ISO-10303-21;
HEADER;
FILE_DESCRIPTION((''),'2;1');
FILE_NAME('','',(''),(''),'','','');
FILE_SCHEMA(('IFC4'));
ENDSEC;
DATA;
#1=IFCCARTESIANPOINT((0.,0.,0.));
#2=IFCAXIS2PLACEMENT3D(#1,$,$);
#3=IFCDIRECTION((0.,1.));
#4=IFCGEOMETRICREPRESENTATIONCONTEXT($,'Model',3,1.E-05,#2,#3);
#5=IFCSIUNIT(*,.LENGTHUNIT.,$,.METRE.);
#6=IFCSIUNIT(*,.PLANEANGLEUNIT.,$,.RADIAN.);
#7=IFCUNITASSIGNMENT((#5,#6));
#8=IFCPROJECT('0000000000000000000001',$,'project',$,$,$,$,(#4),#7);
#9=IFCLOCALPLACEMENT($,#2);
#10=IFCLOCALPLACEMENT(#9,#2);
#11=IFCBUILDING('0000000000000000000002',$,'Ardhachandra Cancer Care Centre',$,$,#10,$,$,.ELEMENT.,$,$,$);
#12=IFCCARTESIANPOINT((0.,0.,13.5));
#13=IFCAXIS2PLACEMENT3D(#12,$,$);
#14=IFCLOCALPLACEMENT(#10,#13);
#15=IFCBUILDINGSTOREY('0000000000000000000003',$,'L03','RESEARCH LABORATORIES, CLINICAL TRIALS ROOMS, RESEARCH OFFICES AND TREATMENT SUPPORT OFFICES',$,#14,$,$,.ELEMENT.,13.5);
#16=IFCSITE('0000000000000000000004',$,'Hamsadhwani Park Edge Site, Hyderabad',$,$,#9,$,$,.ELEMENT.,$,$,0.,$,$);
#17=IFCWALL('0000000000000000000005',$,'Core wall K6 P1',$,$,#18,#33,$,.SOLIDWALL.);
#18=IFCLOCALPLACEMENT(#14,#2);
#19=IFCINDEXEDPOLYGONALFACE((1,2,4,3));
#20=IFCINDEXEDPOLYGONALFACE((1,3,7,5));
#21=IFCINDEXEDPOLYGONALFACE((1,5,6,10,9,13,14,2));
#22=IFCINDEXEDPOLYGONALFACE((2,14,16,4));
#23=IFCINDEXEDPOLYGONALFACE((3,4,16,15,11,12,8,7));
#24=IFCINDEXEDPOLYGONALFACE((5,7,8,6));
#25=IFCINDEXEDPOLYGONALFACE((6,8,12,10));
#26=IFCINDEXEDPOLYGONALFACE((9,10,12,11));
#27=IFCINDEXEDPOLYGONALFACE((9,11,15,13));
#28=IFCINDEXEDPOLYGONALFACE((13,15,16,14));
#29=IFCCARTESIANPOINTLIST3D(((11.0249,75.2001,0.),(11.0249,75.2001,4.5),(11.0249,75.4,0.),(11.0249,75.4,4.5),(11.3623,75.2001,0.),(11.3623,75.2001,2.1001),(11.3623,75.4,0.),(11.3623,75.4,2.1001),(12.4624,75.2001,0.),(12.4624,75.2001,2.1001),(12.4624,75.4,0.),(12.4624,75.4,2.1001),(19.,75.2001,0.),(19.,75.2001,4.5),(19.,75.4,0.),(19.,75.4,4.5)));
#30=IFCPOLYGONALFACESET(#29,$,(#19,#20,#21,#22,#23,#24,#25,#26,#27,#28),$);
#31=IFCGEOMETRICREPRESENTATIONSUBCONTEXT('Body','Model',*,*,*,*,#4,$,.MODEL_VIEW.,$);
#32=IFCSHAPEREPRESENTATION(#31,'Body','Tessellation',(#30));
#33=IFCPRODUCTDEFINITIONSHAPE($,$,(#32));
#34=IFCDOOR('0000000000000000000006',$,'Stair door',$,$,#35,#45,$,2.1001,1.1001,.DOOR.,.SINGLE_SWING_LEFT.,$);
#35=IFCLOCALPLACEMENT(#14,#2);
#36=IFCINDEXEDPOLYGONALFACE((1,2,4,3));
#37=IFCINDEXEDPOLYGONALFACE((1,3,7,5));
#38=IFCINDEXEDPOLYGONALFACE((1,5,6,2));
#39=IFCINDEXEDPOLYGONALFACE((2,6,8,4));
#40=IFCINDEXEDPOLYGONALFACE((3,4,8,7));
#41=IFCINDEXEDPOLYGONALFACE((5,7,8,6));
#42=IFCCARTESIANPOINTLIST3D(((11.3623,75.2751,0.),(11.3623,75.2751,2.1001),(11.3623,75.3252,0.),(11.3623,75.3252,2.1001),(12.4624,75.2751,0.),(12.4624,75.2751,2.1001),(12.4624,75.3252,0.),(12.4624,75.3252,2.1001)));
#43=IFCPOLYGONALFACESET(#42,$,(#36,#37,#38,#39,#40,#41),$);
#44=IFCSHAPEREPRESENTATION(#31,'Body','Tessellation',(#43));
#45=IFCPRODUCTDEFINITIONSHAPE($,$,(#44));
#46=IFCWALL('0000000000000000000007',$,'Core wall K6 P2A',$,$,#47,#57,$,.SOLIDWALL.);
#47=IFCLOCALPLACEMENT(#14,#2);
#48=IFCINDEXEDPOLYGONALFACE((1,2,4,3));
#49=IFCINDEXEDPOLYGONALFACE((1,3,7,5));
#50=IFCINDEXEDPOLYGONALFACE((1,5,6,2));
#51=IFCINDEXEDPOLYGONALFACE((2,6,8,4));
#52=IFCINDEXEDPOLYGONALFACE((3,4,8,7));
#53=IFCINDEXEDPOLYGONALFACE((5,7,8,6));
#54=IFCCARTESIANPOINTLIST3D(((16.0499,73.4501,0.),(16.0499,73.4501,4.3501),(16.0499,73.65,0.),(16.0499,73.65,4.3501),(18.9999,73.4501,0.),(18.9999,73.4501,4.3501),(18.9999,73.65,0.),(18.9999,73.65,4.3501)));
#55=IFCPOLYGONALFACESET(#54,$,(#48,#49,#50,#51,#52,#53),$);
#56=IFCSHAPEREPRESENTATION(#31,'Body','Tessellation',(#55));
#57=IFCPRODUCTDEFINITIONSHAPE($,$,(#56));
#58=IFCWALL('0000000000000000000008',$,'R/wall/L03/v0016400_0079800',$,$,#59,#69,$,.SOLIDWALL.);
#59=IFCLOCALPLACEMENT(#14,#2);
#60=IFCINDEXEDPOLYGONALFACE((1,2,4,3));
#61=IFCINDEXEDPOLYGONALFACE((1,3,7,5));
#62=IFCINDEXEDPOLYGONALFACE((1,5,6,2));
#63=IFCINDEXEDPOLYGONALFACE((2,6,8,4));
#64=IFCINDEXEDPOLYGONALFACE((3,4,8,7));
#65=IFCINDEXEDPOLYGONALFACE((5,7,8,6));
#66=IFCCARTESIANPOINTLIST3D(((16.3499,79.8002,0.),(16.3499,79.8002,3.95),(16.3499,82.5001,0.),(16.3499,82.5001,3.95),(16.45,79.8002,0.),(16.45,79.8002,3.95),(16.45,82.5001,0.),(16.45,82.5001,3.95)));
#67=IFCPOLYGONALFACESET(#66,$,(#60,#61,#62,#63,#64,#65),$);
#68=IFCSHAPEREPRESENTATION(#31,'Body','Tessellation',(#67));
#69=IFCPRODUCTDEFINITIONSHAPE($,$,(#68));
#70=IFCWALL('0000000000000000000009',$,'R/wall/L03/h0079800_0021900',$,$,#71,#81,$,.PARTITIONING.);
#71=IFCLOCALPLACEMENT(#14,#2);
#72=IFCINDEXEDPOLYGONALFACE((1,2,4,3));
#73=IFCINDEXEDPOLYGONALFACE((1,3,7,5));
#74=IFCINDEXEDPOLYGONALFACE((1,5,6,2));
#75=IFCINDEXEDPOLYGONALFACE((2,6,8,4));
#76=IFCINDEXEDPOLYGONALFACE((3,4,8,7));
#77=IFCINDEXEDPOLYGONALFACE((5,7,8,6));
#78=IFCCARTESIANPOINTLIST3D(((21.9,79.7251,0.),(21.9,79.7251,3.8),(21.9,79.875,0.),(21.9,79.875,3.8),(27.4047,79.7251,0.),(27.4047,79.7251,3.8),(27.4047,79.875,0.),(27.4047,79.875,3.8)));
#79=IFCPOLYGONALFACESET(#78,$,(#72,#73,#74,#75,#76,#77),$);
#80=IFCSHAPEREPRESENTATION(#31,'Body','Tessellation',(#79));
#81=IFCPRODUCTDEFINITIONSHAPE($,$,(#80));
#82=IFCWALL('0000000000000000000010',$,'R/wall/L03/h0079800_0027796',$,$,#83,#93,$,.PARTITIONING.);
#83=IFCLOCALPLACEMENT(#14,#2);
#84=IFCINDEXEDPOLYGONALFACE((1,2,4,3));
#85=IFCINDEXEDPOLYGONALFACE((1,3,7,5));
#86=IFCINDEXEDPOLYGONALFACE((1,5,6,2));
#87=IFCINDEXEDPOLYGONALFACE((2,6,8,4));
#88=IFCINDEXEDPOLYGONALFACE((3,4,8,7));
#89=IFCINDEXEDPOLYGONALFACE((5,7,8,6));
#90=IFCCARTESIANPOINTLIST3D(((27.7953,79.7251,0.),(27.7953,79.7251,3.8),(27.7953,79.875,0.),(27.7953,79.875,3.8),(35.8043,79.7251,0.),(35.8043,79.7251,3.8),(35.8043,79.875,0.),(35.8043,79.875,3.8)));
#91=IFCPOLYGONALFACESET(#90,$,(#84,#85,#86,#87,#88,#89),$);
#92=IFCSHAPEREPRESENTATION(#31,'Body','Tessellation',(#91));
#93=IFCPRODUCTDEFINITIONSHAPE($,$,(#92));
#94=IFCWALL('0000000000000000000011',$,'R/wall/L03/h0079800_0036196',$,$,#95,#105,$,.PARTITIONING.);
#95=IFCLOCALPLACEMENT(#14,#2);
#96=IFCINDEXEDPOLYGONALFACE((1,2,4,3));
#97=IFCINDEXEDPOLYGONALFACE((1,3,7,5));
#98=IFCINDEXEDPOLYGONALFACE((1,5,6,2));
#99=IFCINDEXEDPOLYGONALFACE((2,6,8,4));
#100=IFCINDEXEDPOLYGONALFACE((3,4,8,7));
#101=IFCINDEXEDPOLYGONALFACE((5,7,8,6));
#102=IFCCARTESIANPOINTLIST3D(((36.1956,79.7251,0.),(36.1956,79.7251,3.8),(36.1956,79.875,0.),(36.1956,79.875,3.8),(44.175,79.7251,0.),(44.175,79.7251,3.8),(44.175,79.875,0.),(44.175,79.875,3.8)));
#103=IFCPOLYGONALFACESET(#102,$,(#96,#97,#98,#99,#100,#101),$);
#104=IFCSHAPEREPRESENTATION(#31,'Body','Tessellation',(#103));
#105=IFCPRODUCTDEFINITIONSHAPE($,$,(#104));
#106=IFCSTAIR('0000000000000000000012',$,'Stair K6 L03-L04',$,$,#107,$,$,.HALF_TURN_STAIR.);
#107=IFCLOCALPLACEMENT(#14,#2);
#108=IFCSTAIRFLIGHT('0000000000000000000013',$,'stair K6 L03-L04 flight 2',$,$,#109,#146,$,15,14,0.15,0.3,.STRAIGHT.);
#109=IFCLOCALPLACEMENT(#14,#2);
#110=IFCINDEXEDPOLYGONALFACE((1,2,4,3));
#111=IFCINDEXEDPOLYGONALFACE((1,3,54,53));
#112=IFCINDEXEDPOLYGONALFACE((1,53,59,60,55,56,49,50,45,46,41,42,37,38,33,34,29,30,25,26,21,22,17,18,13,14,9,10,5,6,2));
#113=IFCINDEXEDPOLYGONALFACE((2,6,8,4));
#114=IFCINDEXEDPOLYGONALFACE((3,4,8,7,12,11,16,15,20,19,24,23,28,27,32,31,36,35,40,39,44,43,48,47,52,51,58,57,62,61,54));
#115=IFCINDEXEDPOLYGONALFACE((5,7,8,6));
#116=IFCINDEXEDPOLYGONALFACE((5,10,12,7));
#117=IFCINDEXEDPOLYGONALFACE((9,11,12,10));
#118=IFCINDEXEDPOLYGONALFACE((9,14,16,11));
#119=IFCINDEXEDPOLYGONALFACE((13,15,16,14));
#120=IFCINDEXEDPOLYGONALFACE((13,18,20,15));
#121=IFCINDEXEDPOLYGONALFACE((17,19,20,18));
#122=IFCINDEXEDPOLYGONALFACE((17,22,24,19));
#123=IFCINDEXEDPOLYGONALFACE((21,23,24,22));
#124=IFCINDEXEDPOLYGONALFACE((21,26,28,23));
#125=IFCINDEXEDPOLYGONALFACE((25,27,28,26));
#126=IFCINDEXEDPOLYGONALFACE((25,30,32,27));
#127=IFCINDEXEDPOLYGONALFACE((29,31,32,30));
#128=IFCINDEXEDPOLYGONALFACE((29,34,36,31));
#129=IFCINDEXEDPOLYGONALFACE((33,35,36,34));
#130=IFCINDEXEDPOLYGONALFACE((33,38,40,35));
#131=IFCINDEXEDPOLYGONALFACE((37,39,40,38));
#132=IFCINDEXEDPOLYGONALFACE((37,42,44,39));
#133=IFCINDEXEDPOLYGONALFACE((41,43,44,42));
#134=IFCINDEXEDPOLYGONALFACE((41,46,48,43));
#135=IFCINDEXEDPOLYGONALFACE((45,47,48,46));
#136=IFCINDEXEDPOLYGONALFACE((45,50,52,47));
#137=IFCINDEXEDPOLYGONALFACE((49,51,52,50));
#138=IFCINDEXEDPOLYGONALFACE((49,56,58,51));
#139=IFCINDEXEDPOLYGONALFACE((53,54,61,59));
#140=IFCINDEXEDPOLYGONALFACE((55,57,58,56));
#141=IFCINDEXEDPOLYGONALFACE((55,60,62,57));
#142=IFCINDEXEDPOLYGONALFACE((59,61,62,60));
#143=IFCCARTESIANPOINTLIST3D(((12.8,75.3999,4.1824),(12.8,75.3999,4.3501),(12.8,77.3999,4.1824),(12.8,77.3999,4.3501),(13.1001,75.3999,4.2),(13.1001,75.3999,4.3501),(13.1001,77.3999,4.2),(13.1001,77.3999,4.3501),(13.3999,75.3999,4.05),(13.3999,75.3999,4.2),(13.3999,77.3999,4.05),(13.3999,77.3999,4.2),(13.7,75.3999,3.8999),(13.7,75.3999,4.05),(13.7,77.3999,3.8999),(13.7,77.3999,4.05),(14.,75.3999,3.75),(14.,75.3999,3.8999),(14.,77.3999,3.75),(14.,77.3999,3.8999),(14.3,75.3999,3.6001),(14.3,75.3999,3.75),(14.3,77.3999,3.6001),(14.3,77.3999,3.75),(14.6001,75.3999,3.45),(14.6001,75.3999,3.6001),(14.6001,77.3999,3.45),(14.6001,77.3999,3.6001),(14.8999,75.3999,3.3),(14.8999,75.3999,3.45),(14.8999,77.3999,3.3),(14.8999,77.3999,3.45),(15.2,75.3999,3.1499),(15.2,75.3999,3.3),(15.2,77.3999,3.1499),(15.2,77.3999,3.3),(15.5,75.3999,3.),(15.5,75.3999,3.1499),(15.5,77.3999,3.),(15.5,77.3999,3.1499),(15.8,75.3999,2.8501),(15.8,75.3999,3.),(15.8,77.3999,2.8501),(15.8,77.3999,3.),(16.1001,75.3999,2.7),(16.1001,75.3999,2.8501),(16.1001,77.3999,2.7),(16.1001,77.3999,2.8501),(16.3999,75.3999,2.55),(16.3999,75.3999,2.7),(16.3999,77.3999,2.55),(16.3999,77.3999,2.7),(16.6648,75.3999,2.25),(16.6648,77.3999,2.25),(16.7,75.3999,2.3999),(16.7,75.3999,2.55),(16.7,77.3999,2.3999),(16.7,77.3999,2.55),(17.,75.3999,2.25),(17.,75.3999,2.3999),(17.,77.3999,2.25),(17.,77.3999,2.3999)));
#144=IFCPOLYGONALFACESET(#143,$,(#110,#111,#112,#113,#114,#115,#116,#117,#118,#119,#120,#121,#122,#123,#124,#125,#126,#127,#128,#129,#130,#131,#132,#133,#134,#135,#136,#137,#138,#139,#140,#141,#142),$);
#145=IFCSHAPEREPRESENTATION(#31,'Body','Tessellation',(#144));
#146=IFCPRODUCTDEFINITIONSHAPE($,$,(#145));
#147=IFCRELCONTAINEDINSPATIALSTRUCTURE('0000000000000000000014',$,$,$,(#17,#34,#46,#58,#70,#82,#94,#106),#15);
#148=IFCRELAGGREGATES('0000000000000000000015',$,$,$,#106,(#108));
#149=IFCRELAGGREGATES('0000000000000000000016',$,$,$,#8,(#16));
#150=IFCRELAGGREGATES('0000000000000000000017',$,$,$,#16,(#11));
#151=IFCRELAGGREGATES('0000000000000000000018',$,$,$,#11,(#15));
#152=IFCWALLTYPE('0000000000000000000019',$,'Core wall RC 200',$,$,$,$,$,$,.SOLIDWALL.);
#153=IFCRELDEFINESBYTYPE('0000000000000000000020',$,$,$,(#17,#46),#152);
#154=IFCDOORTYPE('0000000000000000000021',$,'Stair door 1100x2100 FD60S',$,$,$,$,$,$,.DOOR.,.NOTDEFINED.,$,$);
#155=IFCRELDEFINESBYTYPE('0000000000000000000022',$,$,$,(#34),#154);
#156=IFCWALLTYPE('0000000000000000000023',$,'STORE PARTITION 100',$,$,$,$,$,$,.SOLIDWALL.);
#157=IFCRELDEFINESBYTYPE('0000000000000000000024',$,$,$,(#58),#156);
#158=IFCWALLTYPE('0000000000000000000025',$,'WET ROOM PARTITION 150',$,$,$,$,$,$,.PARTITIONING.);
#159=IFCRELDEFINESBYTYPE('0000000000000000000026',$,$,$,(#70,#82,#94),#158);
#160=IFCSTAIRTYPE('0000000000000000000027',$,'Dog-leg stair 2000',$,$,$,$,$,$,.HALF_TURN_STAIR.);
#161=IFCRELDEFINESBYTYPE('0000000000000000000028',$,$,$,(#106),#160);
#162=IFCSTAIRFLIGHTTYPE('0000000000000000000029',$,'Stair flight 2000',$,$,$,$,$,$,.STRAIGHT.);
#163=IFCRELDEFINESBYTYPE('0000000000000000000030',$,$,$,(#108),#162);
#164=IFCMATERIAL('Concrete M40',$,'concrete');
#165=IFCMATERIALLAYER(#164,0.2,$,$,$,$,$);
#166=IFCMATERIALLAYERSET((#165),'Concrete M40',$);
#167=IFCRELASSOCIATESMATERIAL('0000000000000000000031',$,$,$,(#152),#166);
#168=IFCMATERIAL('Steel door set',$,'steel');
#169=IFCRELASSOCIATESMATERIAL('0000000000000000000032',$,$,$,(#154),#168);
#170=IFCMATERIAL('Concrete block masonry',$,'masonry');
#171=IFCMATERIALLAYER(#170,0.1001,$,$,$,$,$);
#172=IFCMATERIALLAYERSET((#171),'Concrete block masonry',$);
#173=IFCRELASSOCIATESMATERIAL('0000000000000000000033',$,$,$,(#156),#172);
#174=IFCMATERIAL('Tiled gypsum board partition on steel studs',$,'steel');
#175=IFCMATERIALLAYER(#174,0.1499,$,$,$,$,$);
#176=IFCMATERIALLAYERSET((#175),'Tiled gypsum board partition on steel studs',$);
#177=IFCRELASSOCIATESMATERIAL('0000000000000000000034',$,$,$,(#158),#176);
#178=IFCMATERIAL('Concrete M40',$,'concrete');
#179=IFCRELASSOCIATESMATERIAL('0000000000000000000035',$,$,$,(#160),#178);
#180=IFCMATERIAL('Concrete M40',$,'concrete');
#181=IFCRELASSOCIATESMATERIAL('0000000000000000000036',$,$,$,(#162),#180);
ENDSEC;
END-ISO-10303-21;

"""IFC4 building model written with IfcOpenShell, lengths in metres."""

from ifc_helpers import new_model, si_unit, direction, frame, frame_2d, origin, place, context, subcontext, project, spatial, polyline, rectangle, outline, extrude, material, layer, layer_set, type_object, element, fill, aggregate, save


model = new_model("IFC4")

# Units and contexts
model_context = context("Model", 3, precision=1e-05, world=origin(), true_north=direction((0.0, 1.0)))
body_context = subcontext(model_context, "Body", "Model", "MODEL_VIEW")
ifc_project = project(units=[si_unit("LENGTHUNIT", "METRE"), si_unit("PLANEANGLEUNIT", "RADIAN")], contexts=[model_context])

# Site, building, storey
site_placement = place(None, origin())
site = spatial("IfcSite", under=ifc_project, at=site_placement, Name="Hamsadhwani Park Edge Site, Hyderabad", CompositionType="ELEMENT", RefElevation=0.0)
building_placement = place(site_placement, origin())
building = spatial("IfcBuilding", under=site, at=building_placement, Name="Ardhachandra Cancer Care Centre", CompositionType="ELEMENT")
storey_placement = place(building_placement, frame((0.0, 0.0, 13.5)))
storey = spatial("IfcBuildingStorey", under=building, at=storey_placement, Name="L03", Description="RESEARCH LABORATORIES, CLINICAL TRIALS ROOMS, RESEARCH OFFICES AND TREATMENT SUPPORT OFFICES", CompositionType="ELEMENT", Elevation=13.5)

# Shared definitions
ifc_material_1 = material(Name="Concrete M40", Category="concrete")
ifc_layer_1 = layer(ifc_material_1, 0.2)
ifc_layer_set_1 = layer_set([ifc_layer_1], Name="Concrete M40")
wall_type_1 = type_object("IfcWallType", Name="Core wall RC 200", PredefinedType="SOLIDWALL", material=ifc_layer_set_1)

# Wall, opening, door
wall_1_placement = place(storey_placement, frame((19.0, 75.3, 0.0), z_axis=(0.0, 0.0, 1.0), x_axis=(-1.0, 0.0, 0.0)))
wall_1 = element("IfcWall", 1, at=wall_1_placement, inside=storey, type_object=wall_type_1, Name="Core wall K6 P1", PredefinedType="SOLIDWALL", context=body_context, shape_type="SweptSolid", body=[
    extrude(rectangle(XDim=7.9751, YDim=0.2, at=frame_2d((3.9875, 0.0))), origin(), (0.0, 0.0, 1.0), 4.5),
])
opening_1_placement = place(wall_1_placement, frame((6.5376, 0.0, 0.0)))
opening_1 = element("IfcOpeningElement", 2, at=opening_1_placement, cuts=wall_1, PredefinedType="OPENING", context=body_context, shape_type="SweptSolid", body=[
    extrude(rectangle(XDim=1.1001, YDim=2.1001, at=frame_2d((0.55, 1.05))), frame((0.0, 0.1099, 0.0), z_axis=(0.0, -1.0, 0.0), x_axis=(1.0, 0.0, 0.0)), (0.0, 0.0, 1.0), 0.22),
])
ifc_material_2 = material(Name="Steel door set", Category="steel")
door_type_1 = type_object("IfcDoorType", Name="Stair door 1100x2100 FD60S", OperationType="NOTDEFINED", PredefinedType="DOOR", material=ifc_material_2)
door_1_placement = place(opening_1_placement, origin())
door_1 = element("IfcDoor", 3, at=door_1_placement, inside=storey, type_object=door_type_1, Name="Stair door", OperationType="SINGLE_SWING_LEFT", OverallHeight=2.1001, OverallWidth=1.1001, PredefinedType="DOOR", context=body_context, shape_type="SweptSolid", body=[
    extrude(rectangle(XDim=1.1001, YDim=2.1001, at=frame_2d((0.55, 1.05))), frame((0.0, 0.0249, 0.0), z_axis=(0.0, -1.0, 0.0), x_axis=(1.0, 0.0, 0.0)), (0.0, 0.0, 1.0), 0.05),
])
fill(opening_1, door_1)

# Walls
wall_2_placement = place(storey_placement, frame((19.0, 73.55, 0.0), z_axis=(0.0, 0.0, 1.0), x_axis=(-1.0, 0.0, 0.0)))
element("IfcWall", 4, at=wall_2_placement, inside=storey, type_object=wall_type_1, Name="Core wall K6 P2A", PredefinedType="SOLIDWALL", context=body_context, shape_type="SweptSolid", body=[
    extrude(rectangle(XDim=2.95, YDim=0.2, at=frame_2d((1.4751, 0.0))), origin(), (0.0, 0.0, 1.0), 4.3501),
])
ifc_material_3 = material(Name="Concrete block masonry", Category="masonry")
ifc_layer_2 = layer(ifc_material_3, 0.1001)
ifc_layer_set_2 = layer_set([ifc_layer_2], Name="Concrete block masonry")
wall_type_2 = type_object("IfcWallType", Name="STORE PARTITION 100", PredefinedType="SOLIDWALL", material=ifc_layer_set_2)
wall_3_placement = place(storey_placement, frame((16.3999, 79.8, 0.0), z_axis=(0.0, 0.0, 1.0), x_axis=(0.0, 1.0, 0.0)))
element("IfcWall", 5, at=wall_3_placement, inside=storey, type_object=wall_type_2, Name="R/wall/L03/v0016400_0079800", PredefinedType="SOLIDWALL", context=body_context, shape_type="SweptSolid", body=[
    extrude(rectangle(XDim=2.7, YDim=0.1001, at=frame_2d((1.3501, 0.0))), origin(), (0.0, 0.0, 1.0), 3.95),
])
ifc_material_4 = material(Name="Tiled gypsum board partition on steel studs", Category="steel")
ifc_layer_3 = layer(ifc_material_4, 0.1499)
ifc_layer_set_3 = layer_set([ifc_layer_3], Name="Tiled gypsum board partition on steel studs")
wall_type_3 = type_object("IfcWallType", Name="WET ROOM PARTITION 150", PredefinedType="PARTITIONING", material=ifc_layer_set_3)
wall_4_placement = place(storey_placement, frame((21.8999, 79.8, 0.0), z_axis=(0.0, 0.0, 1.0), x_axis=(1.0, 0.0, 0.0)))
element("IfcWall", 6, at=wall_4_placement, inside=storey, type_object=wall_type_3, Name="R/wall/L03/h0079800_0021900", PredefinedType="PARTITIONING", context=body_context, shape_type="SweptSolid", body=[
    extrude(rectangle(XDim=5.5046, YDim=0.1499, at=frame_2d((2.7524, 0.0))), origin(), (0.0, 0.0, 1.0), 3.8),
])
wall_5_placement = place(storey_placement, frame((27.7954, 79.8, 0.0), z_axis=(0.0, 0.0, 1.0), x_axis=(1.0, 0.0, 0.0)))
element("IfcWall", 7, at=wall_5_placement, inside=storey, type_object=wall_type_3, Name="R/wall/L03/h0079800_0027796", PredefinedType="PARTITIONING", context=body_context, shape_type="SweptSolid", body=[
    extrude(rectangle(XDim=8.009, YDim=0.1499, at=frame_2d((4.0044, 0.0))), origin(), (0.0, 0.0, 1.0), 3.8),
])
wall_6_placement = place(storey_placement, frame((36.1956, 79.8, 0.0), z_axis=(0.0, 0.0, 1.0), x_axis=(1.0, 0.0, 0.0)))
element("IfcWall", 8, at=wall_6_placement, inside=storey, type_object=wall_type_3, Name="R/wall/L03/h0079800_0036196", PredefinedType="PARTITIONING", context=body_context, shape_type="SweptSolid", body=[
    extrude(rectangle(XDim=7.9795, YDim=0.1499, at=frame_2d((3.9897, 0.0))), origin(), (0.0, 0.0, 1.0), 3.8),
])

# Stair, stair flight
ifc_material_5 = material(Name="Concrete M40", Category="concrete")
stair_type = type_object("IfcStairType", Name="Dog-leg stair 2000", PredefinedType="HALF_TURN_STAIR", material=ifc_material_5)
stair_placement = place(storey_placement, origin())
stair = element("IfcStair", 9, at=stair_placement, inside=storey, type_object=stair_type, Name="Stair K6 L03-L04", PredefinedType="HALF_TURN_STAIR")
ifc_material_6 = material(Name="Concrete M40", Category="concrete")
stair_flight_type = type_object("IfcStairFlightType", Name="Stair flight 2000", PredefinedType="STRAIGHT", material=ifc_material_6)
stair_flight_placement = place(storey_placement, frame((17.0, 76.3999, 2.25), z_axis=(0.0, 0.0, 1.0), x_axis=(-1.0, 0.0, 0.0)))
stair_flight = element("IfcStairFlight", 10, at=stair_flight_placement, type_object=stair_flight_type, Name="stair K6 L03-L04 flight 2", NumberOfRisers=15, NumberOfTreads=14, PredefinedType="STRAIGHT", RiserHeight=0.15, TreadLength=0.3, context=body_context, shape_type="SweptSolid", body=[
    extrude(outline(polyline([(0.0, 0.0), (0.0, 0.1499), (0.3, 0.1499), (0.3, 0.3), (0.6001, 0.3), (0.6001, 0.45), (0.8999, 0.45), (0.8999, 0.6001), (1.2, 0.6001), (1.2, 0.75), (1.5, 0.75), (1.5, 0.8999), (1.8, 0.8999), (1.8, 1.05), (2.1001, 1.05), (2.1001, 1.2), (2.3999, 1.2), (2.3999, 1.3501), (2.7, 1.3501), (2.7, 1.5), (3.0, 1.5), (3.0, 1.6499), (3.3, 1.6499), (3.3, 1.8), (3.6001, 1.8), (3.6001, 1.95), (3.8999, 1.95), (3.8999, 2.1001), (4.2, 2.1001), (4.2, 2.25), (4.2, 1.9324), (0.3352, 0.0), (0.0, 0.0)])), frame((0.0, 1.0, 0.0), z_axis=(0.0, -1.0, 0.0), x_axis=(1.0, 0.0, 0.0)), (0.0, 0.0, 1.0), 2.0),
])
aggregate(stair, [stair_flight])

save(model, "model.ifc")
